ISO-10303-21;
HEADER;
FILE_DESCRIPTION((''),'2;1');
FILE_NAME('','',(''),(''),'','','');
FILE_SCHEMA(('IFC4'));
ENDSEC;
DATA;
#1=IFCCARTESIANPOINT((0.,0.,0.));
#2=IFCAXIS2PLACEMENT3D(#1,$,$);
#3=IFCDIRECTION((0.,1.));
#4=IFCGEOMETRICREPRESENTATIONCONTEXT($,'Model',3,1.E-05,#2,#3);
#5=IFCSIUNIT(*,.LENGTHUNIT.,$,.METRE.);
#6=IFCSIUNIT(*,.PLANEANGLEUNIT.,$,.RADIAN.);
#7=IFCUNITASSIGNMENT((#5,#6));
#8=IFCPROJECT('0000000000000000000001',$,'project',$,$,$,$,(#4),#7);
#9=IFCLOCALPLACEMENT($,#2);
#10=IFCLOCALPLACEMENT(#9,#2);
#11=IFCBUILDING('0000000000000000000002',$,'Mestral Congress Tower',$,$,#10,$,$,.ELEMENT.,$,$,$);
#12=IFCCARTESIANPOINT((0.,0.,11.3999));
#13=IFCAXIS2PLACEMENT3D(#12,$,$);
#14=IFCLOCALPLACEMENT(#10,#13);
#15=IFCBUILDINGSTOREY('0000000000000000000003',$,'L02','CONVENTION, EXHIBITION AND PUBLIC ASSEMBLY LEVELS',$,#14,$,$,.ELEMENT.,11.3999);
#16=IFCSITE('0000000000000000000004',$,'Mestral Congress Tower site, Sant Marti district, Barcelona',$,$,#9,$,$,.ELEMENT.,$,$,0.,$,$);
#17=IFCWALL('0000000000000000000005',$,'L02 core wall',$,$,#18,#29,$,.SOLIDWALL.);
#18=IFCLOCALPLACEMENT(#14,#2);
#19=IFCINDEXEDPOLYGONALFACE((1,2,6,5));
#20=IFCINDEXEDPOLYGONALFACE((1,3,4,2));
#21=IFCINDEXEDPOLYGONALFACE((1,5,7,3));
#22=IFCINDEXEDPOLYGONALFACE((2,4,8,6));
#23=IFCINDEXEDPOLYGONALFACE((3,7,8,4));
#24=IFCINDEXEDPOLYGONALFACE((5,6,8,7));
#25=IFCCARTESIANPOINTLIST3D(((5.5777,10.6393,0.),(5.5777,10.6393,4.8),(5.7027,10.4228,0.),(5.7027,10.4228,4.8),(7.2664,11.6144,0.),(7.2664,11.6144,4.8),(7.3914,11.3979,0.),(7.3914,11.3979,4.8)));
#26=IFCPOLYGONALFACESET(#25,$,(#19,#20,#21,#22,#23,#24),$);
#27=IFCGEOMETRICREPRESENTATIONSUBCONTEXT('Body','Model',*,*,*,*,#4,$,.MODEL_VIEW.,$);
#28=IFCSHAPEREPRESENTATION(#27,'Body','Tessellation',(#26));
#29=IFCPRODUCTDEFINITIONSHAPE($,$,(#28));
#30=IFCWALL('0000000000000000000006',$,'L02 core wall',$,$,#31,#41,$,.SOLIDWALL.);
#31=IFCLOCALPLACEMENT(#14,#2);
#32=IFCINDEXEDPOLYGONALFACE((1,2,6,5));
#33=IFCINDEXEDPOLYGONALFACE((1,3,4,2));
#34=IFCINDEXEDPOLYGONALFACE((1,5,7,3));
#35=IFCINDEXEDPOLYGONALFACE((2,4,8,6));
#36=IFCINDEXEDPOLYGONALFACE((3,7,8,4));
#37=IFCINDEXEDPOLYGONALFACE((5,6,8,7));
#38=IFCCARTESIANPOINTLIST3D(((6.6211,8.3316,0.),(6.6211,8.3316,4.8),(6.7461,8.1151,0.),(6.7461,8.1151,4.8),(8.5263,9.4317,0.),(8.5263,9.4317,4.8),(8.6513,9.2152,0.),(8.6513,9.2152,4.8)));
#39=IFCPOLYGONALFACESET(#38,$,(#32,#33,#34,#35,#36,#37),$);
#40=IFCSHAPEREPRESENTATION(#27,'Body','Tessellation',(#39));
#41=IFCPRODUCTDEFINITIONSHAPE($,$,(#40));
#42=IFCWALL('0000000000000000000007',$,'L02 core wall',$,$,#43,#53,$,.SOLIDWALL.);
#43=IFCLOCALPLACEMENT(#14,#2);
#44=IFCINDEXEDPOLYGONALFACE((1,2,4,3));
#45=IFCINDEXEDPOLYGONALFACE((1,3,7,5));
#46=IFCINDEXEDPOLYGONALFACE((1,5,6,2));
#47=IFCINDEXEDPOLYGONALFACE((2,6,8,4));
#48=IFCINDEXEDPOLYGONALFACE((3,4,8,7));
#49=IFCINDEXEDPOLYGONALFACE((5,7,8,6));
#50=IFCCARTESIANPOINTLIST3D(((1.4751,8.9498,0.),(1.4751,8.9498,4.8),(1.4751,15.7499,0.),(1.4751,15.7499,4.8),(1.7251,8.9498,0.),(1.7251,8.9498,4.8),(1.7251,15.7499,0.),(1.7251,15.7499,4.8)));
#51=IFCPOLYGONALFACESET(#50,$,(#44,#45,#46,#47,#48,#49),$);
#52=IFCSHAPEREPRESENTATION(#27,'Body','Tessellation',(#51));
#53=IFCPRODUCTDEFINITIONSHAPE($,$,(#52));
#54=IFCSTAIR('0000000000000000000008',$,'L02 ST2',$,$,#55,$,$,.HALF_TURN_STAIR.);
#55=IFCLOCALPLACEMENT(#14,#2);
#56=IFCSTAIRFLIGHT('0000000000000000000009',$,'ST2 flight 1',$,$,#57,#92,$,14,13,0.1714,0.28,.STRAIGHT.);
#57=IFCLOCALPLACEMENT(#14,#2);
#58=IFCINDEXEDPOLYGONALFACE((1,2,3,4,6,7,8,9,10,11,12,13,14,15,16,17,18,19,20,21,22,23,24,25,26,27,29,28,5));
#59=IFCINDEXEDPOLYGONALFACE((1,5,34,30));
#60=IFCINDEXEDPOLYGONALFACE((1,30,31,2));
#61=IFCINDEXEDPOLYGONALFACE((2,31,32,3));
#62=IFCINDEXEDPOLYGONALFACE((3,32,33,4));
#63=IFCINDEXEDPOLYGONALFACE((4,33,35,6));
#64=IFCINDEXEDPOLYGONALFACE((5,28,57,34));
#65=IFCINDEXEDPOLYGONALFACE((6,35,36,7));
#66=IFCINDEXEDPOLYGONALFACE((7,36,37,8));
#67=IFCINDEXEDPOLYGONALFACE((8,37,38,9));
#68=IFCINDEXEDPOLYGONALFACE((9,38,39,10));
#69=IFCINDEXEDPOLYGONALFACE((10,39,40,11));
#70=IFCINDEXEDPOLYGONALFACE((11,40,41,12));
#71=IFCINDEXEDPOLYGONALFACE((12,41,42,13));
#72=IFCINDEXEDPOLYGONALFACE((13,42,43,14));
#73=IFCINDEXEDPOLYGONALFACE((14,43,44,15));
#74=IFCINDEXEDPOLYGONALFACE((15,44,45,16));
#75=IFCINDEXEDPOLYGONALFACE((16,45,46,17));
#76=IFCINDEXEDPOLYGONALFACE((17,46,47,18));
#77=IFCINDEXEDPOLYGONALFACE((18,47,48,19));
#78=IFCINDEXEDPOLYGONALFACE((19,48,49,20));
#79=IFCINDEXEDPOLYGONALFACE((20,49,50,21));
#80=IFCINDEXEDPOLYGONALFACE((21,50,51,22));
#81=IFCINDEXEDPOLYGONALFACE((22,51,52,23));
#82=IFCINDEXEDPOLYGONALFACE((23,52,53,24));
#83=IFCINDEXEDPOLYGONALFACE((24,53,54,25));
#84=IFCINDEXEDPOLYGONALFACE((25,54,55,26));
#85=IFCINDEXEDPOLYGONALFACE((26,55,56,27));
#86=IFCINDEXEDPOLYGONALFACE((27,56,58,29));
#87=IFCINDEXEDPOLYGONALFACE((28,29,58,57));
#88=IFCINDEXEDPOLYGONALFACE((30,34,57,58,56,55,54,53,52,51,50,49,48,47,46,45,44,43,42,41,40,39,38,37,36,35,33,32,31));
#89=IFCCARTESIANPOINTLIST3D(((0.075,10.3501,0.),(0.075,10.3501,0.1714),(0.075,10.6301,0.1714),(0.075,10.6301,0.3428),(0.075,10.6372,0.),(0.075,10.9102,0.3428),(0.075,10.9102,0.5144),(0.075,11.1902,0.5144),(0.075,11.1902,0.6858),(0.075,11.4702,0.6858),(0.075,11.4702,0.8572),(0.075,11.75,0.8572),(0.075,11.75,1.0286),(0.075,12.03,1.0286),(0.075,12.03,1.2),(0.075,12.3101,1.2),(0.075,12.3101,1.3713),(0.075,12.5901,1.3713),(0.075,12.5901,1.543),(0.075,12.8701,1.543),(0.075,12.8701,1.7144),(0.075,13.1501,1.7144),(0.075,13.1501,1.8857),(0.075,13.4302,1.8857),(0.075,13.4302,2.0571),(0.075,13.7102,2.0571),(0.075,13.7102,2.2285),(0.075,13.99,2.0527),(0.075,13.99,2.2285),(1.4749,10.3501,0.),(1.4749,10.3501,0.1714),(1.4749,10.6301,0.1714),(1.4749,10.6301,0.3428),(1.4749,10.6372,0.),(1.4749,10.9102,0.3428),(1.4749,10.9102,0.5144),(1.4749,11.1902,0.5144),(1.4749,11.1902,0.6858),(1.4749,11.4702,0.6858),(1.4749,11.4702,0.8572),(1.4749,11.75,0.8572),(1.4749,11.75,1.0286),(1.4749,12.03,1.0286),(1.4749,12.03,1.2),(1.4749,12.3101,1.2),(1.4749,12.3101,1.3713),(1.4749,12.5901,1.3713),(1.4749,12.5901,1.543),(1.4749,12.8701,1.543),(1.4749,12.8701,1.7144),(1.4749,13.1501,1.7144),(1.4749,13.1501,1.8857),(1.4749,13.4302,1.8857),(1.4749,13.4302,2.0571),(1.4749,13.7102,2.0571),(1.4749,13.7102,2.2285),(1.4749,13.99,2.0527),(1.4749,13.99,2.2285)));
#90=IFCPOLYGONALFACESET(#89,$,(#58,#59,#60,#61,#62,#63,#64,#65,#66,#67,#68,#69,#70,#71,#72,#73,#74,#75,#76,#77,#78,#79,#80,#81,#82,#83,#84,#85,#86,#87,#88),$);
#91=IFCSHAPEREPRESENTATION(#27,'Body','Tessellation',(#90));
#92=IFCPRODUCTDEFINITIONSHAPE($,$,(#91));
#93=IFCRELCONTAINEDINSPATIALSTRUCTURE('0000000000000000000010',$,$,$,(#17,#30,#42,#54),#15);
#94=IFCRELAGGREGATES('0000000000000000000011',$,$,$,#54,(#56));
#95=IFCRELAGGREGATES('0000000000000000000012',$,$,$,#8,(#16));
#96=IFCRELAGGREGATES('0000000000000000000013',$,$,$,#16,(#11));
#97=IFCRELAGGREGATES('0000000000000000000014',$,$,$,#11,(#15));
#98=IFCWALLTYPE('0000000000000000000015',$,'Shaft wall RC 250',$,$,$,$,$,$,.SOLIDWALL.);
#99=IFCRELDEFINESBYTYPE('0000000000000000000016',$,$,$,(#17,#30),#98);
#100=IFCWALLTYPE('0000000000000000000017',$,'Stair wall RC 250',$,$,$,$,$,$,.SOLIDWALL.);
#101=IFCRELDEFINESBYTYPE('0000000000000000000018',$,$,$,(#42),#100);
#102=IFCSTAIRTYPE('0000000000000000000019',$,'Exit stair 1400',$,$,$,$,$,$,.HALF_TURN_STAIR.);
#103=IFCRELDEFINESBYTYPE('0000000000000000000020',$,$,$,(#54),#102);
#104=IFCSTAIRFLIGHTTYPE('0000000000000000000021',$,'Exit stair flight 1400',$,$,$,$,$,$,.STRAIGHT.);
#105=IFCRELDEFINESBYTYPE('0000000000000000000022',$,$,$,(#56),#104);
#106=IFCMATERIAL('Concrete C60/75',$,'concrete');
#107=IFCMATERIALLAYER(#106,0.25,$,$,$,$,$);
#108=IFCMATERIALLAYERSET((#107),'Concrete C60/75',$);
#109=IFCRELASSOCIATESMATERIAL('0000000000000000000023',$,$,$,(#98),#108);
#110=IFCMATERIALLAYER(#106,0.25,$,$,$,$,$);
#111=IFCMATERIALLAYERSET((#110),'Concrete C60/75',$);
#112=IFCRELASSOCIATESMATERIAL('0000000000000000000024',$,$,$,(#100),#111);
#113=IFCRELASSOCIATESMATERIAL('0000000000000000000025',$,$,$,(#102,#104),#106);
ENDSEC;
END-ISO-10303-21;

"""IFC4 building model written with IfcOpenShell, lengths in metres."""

from ifc_helpers import new_model, si_unit, direction, frame, frame_2d, origin, place, context, subcontext, project, spatial, polyline, rectangle, outline, extrude, material, layer, layer_set, type_object, element, aggregate, save


model = new_model("IFC4")

# Units and contexts
model_context = context("Model", 3, precision=1e-05, world=origin(), true_north=direction((0.0, 1.0)))
body_context = subcontext(model_context, "Body", "Model", "MODEL_VIEW")
ifc_project = project(units=[si_unit("LENGTHUNIT", "METRE"), si_unit("PLANEANGLEUNIT", "RADIAN")], contexts=[model_context])

# Site, building, storey
site_placement = place(None, origin())
site = spatial("IfcSite", under=ifc_project, at=site_placement, Name="Mestral Congress Tower site, Sant Marti district, Barcelona", CompositionType="ELEMENT", RefElevation=0.0)
building_placement = place(site_placement, origin())
building = spatial("IfcBuilding", under=site, at=building_placement, Name="Mestral Congress Tower", CompositionType="ELEMENT")
storey_placement = place(building_placement, frame((0.0, 0.0, 11.3999)))
storey = spatial("IfcBuildingStorey", under=building, at=storey_placement, Name="L02", Description="CONVENTION, EXHIBITION AND PUBLIC ASSEMBLY LEVELS", CompositionType="ELEMENT", Elevation=11.3999)

# Shared definitions
ifc_material_1 = material(Name="Concrete C60/75", Category="concrete")

# Walls
ifc_layer_1 = layer(ifc_material_1, 0.25)
ifc_layer_set_1 = layer_set([ifc_layer_1], Name="Concrete C60/75")
wall_type_1 = type_object("IfcWallType", Name="Shaft wall RC 250", PredefinedType="SOLIDWALL", material=ifc_layer_set_1)
wall_1_placement = place(storey_placement, frame((5.6401, 10.531, 0.0), z_axis=(0.0, 0.0, 1.0), x_axis=(0.866, 0.500044, 0.0)))
element("IfcWall", 1, at=wall_1_placement, inside=storey, type_object=wall_type_1, Name="L02 core wall", PredefinedType="SOLIDWALL", context=body_context, shape_type="SweptSolid", body=[
    extrude(rectangle(XDim=1.95, YDim=0.25, at=frame_2d((0.9751, 0.0))), origin(), (0.0, 0.0, 1.0), 4.8),
])
wall_2_placement = place(storey_placement, frame((8.5889, 9.3235, 0.0), z_axis=(0.0, 0.0, 1.0), x_axis=(-0.866008, -0.50003, 0.0)))
element("IfcWall", 2, at=wall_2_placement, inside=storey, type_object=wall_type_1, Name="L02 core wall", PredefinedType="SOLIDWALL", context=body_context, shape_type="SweptSolid", body=[
    extrude(rectangle(XDim=2.2, YDim=0.25, at=frame_2d((1.1001, 0.0))), origin(), (0.0, 0.0, 1.0), 4.8),
])
ifc_layer_2 = layer(ifc_material_1, 0.25)
ifc_layer_set_2 = layer_set([ifc_layer_2], Name="Concrete C60/75")
wall_type_2 = type_object("IfcWallType", Name="Stair wall RC 250", PredefinedType="SOLIDWALL", material=ifc_layer_set_2)
wall_3_placement = place(storey_placement, frame((1.6001, 8.95, 0.0), z_axis=(0.0, 0.0, 1.0), x_axis=(0.0, 1.0, 0.0)))
element("IfcWall", 3, at=wall_3_placement, inside=storey, type_object=wall_type_2, Name="L02 core wall", PredefinedType="SOLIDWALL", context=body_context, shape_type="SweptSolid", body=[
    extrude(rectangle(XDim=6.8, YDim=0.25, at=frame_2d((3.3999, 0.0))), origin(), (0.0, 0.0, 1.0), 4.8),
])

# Stair, stair flight
stair_type = type_object("IfcStairType", Name="Exit stair 1400", PredefinedType="HALF_TURN_STAIR", material=ifc_material_1)
stair_placement = place(storey_placement, origin())
stair = element("IfcStair", 4, at=stair_placement, inside=storey, type_object=stair_type, Name="L02 ST2", PredefinedType="HALF_TURN_STAIR")
stair_flight_type = type_object("IfcStairFlightType", Name="Exit stair flight 1400", PredefinedType="STRAIGHT", material=ifc_material_1)
stair_flight_placement = place(storey_placement, frame((0.7749, 10.3501, 0.0), z_axis=(0.0, 0.0, 1.0), x_axis=(0.0, 1.0, 0.0)))
stair_flight = element("IfcStairFlight", 5, at=stair_flight_placement, type_object=stair_flight_type, Name="ST2 flight 1", NumberOfRisers=14, NumberOfTreads=13, PredefinedType="STRAIGHT", RiserHeight=0.1714, TreadLength=0.28, context=body_context, shape_type="SweptSolid", body=[
    extrude(outline(polyline([(0.0, 0.0), (0.0, 0.1714), (0.28, 0.1714), (0.28, 0.3428), (0.5601, 0.3428), (0.5601, 0.5144), (0.8401, 0.5144), (0.8401, 0.6858), (1.1201, 0.6858), (1.1201, 0.8572), (1.3999, 0.8572), (1.3999, 1.0286), (1.6799, 1.0286), (1.6799, 1.2), (1.96, 1.2), (1.96, 1.3713), (2.24, 1.3713), (2.24, 1.543), (2.52, 1.543), (2.52, 1.7144), (2.8, 1.7144), (2.8, 1.8857), (3.0801, 1.8857), (3.0801, 2.0571), (3.3601, 2.0571), (3.3601, 2.2285), (3.6399, 2.2285), (3.6399, 2.3999), (3.6399, 2.0527), (0.2871, 0.0), (0.0, 0.0)])), frame((0.0, 0.7, 0.0), z_axis=(0.0, -1.0, 0.0), x_axis=(1.0, 0.0, 0.0)), (0.0, 0.0, 1.0), 1.3999),
])
aggregate(stair, [stair_flight])

save(model, "model.ifc")
